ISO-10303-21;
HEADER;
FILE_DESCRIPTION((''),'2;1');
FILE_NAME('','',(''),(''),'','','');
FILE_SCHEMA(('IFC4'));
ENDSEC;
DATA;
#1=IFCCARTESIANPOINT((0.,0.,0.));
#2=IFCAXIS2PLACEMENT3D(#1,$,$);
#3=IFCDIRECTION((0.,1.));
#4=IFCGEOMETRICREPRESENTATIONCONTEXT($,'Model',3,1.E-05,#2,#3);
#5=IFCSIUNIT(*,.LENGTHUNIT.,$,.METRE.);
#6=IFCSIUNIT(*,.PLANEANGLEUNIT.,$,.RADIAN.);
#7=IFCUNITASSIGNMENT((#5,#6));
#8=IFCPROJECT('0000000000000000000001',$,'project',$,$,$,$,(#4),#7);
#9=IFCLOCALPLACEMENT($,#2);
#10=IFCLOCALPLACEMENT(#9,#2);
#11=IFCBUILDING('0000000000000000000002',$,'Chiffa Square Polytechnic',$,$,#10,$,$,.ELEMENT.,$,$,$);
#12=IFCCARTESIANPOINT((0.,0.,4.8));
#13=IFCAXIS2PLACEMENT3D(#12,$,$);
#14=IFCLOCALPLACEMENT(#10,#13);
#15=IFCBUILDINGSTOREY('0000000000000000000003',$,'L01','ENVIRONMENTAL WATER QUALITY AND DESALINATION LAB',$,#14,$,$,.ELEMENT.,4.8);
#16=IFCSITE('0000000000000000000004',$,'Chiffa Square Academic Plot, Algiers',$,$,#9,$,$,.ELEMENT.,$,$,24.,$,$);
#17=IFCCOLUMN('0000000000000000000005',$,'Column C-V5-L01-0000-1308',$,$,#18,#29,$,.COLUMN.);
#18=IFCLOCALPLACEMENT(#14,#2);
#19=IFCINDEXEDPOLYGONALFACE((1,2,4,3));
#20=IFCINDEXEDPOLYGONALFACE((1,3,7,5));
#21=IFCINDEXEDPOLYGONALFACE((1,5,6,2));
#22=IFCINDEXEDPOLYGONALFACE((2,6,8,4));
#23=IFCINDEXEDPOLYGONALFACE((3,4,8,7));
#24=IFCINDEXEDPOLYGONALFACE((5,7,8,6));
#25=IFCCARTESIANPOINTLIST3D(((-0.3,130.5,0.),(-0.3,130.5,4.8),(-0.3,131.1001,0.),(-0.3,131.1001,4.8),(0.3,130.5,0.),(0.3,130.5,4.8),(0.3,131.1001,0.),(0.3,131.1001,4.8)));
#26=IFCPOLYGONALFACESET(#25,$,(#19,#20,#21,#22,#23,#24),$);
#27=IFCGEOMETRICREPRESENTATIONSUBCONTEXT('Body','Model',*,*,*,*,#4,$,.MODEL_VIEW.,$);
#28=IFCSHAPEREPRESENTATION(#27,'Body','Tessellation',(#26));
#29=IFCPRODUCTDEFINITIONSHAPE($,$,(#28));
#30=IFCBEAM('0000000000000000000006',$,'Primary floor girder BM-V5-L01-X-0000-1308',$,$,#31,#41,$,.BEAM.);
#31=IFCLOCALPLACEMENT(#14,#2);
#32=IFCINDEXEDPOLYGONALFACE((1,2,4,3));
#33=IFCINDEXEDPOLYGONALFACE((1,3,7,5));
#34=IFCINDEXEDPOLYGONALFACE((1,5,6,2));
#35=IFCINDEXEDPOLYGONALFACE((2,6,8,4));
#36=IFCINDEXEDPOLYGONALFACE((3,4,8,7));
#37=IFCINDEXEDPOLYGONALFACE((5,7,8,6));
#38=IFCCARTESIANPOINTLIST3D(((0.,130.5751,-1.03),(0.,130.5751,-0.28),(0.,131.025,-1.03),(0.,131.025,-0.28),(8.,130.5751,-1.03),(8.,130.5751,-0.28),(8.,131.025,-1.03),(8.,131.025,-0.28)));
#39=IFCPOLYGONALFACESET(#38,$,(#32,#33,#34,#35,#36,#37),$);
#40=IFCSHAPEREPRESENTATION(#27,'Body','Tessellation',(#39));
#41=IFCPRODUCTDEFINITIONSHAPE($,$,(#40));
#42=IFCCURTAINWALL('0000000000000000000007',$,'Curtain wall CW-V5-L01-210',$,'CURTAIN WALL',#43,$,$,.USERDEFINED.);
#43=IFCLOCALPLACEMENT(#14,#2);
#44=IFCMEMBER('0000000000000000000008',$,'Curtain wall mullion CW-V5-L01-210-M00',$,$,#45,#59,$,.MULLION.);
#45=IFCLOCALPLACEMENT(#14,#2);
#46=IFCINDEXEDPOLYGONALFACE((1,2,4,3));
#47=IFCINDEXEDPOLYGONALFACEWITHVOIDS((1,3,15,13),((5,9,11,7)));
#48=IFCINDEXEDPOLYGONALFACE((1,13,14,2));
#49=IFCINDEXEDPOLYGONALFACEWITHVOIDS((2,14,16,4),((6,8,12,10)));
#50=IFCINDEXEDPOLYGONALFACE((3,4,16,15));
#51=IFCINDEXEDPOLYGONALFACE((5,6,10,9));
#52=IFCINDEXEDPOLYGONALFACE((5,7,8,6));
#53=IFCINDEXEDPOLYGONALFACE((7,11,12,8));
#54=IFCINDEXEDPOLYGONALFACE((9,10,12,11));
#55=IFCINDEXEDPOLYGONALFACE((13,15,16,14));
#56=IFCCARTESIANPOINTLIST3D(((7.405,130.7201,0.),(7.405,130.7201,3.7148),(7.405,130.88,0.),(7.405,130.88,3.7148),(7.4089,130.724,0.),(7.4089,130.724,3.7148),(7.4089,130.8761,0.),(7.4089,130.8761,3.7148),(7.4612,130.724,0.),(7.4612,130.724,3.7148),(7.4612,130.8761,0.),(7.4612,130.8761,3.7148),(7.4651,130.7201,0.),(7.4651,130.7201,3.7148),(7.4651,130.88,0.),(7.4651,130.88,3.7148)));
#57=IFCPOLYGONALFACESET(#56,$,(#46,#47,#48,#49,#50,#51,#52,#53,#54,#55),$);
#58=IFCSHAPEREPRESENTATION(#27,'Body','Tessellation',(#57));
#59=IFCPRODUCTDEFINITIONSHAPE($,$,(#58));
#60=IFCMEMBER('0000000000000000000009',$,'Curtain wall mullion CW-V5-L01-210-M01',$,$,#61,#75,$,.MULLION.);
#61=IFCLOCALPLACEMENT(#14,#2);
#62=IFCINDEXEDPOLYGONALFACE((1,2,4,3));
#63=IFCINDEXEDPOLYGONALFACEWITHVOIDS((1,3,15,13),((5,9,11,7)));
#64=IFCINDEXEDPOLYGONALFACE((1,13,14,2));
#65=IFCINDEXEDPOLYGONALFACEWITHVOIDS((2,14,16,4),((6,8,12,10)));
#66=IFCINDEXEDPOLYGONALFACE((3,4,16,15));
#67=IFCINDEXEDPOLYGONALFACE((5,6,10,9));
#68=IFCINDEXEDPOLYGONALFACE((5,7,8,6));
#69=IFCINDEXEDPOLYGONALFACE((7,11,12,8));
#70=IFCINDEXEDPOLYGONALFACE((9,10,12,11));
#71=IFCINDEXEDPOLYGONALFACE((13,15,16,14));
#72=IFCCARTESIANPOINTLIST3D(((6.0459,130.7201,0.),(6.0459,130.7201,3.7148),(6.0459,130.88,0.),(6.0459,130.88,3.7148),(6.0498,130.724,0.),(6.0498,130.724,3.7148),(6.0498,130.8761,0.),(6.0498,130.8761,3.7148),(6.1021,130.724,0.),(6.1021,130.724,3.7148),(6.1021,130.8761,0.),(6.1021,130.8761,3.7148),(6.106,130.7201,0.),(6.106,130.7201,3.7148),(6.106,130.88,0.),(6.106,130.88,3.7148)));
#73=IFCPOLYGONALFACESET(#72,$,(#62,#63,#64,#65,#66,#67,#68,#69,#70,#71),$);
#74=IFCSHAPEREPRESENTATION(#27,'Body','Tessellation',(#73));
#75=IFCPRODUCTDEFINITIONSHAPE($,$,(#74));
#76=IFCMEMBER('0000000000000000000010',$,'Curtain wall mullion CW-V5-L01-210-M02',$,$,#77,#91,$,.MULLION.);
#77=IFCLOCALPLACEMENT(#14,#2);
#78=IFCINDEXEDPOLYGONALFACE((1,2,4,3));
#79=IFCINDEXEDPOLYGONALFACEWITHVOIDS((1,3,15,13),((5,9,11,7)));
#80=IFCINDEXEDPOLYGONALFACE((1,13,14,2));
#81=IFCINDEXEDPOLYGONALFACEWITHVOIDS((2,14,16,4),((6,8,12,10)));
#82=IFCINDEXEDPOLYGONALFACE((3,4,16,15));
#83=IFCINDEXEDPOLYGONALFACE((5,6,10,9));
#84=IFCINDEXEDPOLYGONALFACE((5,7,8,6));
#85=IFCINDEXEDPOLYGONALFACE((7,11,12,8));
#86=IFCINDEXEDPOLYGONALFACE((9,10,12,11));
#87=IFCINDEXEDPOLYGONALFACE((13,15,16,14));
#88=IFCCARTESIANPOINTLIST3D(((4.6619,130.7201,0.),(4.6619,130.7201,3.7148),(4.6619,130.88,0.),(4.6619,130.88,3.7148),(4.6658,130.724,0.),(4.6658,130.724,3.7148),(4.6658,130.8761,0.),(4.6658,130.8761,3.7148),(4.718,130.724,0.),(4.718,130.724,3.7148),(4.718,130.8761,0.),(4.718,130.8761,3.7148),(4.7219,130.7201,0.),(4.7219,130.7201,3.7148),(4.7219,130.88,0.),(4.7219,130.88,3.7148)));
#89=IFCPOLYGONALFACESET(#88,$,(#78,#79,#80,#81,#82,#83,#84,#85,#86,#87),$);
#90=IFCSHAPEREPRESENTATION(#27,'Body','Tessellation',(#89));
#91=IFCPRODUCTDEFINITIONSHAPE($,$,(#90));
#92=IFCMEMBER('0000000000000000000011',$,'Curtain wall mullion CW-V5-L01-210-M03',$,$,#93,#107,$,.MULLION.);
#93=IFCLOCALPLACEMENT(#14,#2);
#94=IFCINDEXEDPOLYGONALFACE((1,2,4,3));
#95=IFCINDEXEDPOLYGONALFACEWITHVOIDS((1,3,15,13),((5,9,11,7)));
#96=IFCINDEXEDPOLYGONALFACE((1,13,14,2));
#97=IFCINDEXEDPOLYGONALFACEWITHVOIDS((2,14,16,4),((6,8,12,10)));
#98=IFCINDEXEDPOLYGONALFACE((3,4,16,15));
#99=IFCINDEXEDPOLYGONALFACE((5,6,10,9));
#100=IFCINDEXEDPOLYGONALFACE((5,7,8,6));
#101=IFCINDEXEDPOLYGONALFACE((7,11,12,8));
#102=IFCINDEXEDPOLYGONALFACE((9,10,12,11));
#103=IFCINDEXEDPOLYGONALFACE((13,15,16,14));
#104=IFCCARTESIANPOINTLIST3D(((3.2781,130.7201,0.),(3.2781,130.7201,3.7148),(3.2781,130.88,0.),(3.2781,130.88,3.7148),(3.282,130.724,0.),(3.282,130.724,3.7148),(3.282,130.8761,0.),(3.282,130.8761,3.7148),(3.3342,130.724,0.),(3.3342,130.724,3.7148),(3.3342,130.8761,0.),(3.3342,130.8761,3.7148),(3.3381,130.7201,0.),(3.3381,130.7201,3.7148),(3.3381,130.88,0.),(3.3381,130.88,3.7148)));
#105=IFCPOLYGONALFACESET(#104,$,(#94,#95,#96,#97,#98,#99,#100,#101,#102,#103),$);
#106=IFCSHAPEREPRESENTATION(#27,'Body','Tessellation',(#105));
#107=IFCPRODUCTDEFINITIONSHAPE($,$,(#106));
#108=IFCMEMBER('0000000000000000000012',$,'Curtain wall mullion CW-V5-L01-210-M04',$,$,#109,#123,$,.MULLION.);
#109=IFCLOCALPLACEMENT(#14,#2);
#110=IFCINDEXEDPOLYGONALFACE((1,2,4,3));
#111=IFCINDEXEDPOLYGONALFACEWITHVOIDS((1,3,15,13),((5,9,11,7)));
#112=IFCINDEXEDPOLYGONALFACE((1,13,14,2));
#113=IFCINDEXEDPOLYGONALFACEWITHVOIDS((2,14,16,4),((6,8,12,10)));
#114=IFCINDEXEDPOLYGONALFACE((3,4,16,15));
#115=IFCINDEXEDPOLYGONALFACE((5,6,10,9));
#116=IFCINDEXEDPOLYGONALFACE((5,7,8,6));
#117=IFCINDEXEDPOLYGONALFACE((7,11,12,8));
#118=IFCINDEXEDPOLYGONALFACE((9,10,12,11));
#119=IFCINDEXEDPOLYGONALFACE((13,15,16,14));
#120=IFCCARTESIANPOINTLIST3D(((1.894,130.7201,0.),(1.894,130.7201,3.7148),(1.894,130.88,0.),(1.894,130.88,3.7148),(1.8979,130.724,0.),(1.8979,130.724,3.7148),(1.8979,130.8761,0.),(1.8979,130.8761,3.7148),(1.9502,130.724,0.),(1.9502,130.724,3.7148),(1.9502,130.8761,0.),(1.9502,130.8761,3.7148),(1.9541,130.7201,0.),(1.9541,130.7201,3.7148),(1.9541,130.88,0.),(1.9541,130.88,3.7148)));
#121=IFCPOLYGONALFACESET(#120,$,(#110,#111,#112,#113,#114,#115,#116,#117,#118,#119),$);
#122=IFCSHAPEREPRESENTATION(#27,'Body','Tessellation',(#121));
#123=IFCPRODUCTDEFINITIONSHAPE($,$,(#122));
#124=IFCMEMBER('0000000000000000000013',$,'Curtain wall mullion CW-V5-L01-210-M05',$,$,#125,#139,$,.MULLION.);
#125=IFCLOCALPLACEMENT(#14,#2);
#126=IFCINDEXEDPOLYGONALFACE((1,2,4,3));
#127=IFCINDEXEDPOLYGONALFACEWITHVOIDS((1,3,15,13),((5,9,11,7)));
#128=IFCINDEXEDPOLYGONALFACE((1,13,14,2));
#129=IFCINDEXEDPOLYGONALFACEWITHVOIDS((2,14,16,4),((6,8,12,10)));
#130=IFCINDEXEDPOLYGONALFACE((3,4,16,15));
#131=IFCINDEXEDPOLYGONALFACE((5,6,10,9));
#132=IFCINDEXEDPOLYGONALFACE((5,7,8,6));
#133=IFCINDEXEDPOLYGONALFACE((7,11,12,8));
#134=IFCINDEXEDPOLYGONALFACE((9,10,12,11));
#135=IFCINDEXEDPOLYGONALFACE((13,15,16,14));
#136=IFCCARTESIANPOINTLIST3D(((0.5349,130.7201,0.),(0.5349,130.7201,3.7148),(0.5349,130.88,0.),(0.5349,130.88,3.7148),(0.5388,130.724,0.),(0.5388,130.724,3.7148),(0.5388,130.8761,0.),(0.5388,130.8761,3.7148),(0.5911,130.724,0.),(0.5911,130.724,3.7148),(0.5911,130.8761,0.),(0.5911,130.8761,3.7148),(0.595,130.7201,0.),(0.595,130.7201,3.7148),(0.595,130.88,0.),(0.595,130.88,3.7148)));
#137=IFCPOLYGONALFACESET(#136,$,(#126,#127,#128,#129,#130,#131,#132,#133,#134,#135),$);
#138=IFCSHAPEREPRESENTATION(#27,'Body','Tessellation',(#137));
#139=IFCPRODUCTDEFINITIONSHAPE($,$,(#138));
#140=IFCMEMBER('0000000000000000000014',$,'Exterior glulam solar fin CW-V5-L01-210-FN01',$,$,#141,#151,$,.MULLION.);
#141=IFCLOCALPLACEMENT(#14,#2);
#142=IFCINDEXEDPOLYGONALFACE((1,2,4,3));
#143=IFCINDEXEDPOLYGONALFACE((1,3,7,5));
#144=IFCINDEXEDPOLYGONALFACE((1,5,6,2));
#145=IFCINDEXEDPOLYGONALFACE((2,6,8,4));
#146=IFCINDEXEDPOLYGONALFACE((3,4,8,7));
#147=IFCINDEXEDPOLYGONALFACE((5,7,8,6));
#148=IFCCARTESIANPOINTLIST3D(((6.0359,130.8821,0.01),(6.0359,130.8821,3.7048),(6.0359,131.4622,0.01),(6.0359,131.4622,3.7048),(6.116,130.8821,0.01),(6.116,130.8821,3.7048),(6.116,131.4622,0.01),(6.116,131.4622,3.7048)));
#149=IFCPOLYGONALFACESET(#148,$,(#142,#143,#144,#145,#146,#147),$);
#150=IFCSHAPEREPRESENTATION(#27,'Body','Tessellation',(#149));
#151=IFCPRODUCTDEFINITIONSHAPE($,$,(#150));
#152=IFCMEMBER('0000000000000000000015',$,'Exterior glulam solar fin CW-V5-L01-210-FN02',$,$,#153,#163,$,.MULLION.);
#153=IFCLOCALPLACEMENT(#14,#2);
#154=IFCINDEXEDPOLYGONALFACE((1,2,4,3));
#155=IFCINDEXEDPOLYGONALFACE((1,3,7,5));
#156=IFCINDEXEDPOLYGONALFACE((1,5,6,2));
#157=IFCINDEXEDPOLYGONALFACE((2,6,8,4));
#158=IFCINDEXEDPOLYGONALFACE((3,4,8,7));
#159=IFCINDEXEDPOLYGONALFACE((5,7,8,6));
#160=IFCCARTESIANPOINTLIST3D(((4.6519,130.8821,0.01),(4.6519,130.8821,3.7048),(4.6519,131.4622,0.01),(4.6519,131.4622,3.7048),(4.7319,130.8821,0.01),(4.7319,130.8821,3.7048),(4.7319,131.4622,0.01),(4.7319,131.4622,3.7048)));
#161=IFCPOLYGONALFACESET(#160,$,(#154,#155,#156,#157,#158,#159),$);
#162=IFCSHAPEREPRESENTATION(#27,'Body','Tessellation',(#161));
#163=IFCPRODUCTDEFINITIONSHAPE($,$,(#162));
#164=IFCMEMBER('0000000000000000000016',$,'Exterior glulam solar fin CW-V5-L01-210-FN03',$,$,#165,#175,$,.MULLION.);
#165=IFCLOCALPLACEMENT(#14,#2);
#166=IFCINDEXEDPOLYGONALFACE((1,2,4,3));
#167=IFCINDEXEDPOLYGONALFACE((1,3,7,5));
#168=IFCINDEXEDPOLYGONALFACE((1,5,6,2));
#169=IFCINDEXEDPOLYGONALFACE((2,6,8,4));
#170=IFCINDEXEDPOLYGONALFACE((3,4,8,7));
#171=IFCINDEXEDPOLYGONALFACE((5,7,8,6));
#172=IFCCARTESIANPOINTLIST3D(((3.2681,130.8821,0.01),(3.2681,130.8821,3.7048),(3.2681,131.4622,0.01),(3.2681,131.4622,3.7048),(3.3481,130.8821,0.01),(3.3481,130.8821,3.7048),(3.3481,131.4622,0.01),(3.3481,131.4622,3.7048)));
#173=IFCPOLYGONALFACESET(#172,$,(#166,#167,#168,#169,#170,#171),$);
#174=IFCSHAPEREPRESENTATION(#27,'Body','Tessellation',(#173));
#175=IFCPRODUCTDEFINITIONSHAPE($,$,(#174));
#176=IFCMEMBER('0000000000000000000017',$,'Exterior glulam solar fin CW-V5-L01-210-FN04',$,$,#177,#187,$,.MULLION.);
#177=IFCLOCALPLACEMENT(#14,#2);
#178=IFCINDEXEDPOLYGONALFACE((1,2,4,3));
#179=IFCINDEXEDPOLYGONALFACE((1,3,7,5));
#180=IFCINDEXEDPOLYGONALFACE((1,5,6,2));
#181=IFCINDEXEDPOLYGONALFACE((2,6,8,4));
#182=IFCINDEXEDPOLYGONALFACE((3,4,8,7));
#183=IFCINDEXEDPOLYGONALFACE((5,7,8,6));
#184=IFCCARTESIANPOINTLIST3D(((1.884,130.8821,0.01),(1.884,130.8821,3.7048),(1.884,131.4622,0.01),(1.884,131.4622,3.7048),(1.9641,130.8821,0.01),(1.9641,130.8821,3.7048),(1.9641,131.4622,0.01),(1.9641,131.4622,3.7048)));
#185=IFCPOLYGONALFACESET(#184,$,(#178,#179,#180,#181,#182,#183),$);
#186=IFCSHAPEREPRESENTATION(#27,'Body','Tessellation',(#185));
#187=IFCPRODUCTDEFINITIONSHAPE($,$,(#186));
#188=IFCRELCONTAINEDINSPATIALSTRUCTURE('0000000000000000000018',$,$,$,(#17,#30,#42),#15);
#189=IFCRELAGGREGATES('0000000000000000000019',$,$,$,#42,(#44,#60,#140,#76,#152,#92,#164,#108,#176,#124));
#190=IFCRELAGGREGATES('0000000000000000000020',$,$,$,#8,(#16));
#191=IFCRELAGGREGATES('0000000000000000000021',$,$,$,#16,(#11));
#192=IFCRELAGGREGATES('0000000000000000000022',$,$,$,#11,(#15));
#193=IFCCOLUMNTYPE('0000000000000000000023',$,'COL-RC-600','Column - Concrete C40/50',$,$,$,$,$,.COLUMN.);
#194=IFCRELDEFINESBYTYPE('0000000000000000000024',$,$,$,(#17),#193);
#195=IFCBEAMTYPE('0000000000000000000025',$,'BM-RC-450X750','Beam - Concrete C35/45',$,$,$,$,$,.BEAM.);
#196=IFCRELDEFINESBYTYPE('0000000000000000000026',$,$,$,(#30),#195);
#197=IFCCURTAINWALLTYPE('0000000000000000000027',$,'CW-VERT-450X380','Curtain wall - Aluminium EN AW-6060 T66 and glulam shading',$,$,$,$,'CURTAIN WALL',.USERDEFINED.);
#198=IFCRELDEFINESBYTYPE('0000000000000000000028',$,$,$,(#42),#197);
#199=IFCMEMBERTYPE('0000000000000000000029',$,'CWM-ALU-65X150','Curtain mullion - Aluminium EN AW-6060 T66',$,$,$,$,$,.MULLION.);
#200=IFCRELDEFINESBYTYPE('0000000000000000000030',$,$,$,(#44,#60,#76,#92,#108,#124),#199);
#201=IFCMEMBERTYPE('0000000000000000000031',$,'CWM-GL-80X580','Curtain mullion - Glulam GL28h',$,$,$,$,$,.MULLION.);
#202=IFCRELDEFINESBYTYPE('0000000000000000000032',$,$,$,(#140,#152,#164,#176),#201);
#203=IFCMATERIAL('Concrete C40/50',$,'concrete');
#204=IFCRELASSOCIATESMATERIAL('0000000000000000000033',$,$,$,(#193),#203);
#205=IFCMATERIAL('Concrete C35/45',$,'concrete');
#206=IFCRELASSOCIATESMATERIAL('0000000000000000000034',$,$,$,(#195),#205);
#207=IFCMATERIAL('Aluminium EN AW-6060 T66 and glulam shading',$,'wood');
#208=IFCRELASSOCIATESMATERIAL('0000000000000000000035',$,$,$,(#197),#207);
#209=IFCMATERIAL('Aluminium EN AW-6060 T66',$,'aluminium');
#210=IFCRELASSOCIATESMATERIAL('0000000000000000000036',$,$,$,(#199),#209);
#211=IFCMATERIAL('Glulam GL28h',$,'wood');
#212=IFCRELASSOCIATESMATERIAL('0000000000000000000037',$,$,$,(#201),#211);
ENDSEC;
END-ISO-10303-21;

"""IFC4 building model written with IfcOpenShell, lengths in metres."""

from ifc_helpers import new_model, si_unit, direction, frame, origin, origin_2d, place, context, subcontext, project, spatial, rectangle, hollow_rectangle, extrude, material, material_profile, profile_set, type_object, element, aggregate, save


model = new_model("IFC4")

# Units and contexts
model_context = context("Model", 3, precision=1e-05, world=origin(), true_north=direction((0.0, 1.0)))
body_context = subcontext(model_context, "Body", "Model", "MODEL_VIEW")
ifc_project = project(units=[si_unit("LENGTHUNIT", "METRE"), si_unit("PLANEANGLEUNIT", "RADIAN")], contexts=[model_context])

# Site, building, storey
site_placement = place(None, origin())
site = spatial("IfcSite", under=ifc_project, at=site_placement, Name="Chiffa Square Academic Plot, Algiers", CompositionType="ELEMENT", RefElevation=24.0)
building_placement = place(site_placement, origin())
building = spatial("IfcBuilding", under=site, at=building_placement, Name="Chiffa Square Polytechnic", CompositionType="ELEMENT")
storey_placement = place(building_placement, frame((0.0, 0.0, 4.8)))
storey = spatial("IfcBuildingStorey", under=building, at=storey_placement, Name="L01", Description="ENVIRONMENTAL WATER QUALITY AND DESALINATION LAB", CompositionType="ELEMENT", Elevation=4.8)

# Column
ifc_material_1 = material(Name="Concrete C40/50", Category="concrete")
ifc_material_profile_1 = material_profile(ifc_material_1, rectangle(XDim=0.6001, YDim=0.6001, at=origin_2d()), Name="RC 600x600")
ifc_profile_set_1 = profile_set([ifc_material_profile_1], Name="Concrete C40/50")
column_type = type_object("IfcColumnType", Name="COL-RC-600", Description="Column - Concrete C40/50", PredefinedType="COLUMN", material=ifc_profile_set_1)
column_placement = place(storey_placement, frame((0.0, 130.8, 0.0), z_axis=(0.0, 0.0, 1.0), x_axis=(1.0, 0.0, 0.0)))
element("IfcColumn", 1, at=column_placement, inside=storey, type_object=column_type, Name="Column C-V5-L01-0000-1308", PredefinedType="COLUMN", context=body_context, shape_type="SweptSolid", body=[
    extrude(rectangle(XDim=0.6001, YDim=0.6001, at=origin_2d()), origin(), (0.0, 0.0, 1.0), 4.8),
])

# Beam
ifc_material_2 = material(Name="Concrete C35/45", Category="concrete")
ifc_material_profile_2 = material_profile(ifc_material_2, rectangle(XDim=0.45, YDim=0.75, at=origin_2d()), Name="RC 450x750")
ifc_profile_set_2 = profile_set([ifc_material_profile_2], Name="Concrete C35/45")
beam_type = type_object("IfcBeamType", Name="BM-RC-450X750", Description="Beam - Concrete C35/45", PredefinedType="BEAM", material=ifc_profile_set_2)
beam_placement = place(storey_placement, frame((0.0, 130.8, -0.655), z_axis=(1.0, 0.0, 0.0), x_axis=(0.0, 1.0, 0.0)))
element("IfcBeam", 2, at=beam_placement, inside=storey, type_object=beam_type, Name="Primary floor girder BM-V5-L01-X-0000-1308", PredefinedType="BEAM", context=body_context, shape_type="SweptSolid", body=[
    extrude(rectangle(XDim=0.45, YDim=0.75, at=origin_2d()), origin(), (0.0, 0.0, 1.0), 8.0),
])

# Curtain wall, members
ifc_material_3 = material(Name="Aluminium EN AW-6060 T66 and glulam shading", Category="wood")
curtain_wall_type_1 = type_object("IfcCurtainWallType", Name="CW-VERT-450X380", Description="Curtain wall - Aluminium EN AW-6060 T66 and glulam shading", ElementType="CURTAIN WALL", PredefinedType="USERDEFINED", material=ifc_material_3)
curtain_wall_1_placement = place(storey_placement, origin())
curtain_wall_1 = element("IfcCurtainWall", 3, at=curtain_wall_1_placement, inside=storey, type_object=curtain_wall_type_1, Name="Curtain wall CW-V5-L01-210", ObjectType="CURTAIN WALL", PredefinedType="USERDEFINED")
ifc_material_4 = material(Name="Aluminium EN AW-6060 T66", Category="aluminium")
ifc_material_profile_3 = material_profile(ifc_material_4, hollow_rectangle(XDim=0.0601, YDim=0.1599, WallThickness=0.0039, at=origin_2d()), Name="ALU 60x160x4")
ifc_profile_set_3 = profile_set([ifc_material_profile_3], Name="Aluminium EN AW-6060 T66")
member_type_1 = type_object("IfcMemberType", Name="CWM-ALU-65X150", Description="Curtain mullion - Aluminium EN AW-6060 T66", PredefinedType="MULLION", material=ifc_profile_set_3)
member_1_placement = place(storey_placement, frame((7.4351, 130.8, 0.0), z_axis=(0.0, 0.0, 1.0), x_axis=(1.0, 0.0, 0.0)))
member_1 = element("IfcMember", 4, at=member_1_placement, type_object=member_type_1, Name="Curtain wall mullion CW-V5-L01-210-M00", PredefinedType="MULLION", context=body_context, shape_type="SweptSolid", body=[
    extrude(hollow_rectangle(XDim=0.0601, YDim=0.1599, WallThickness=0.0039, at=origin_2d()), origin(), (0.0, 0.0, 1.0), 3.7148),
])
member_2_placement = place(storey_placement, frame((6.0759, 130.8, 0.0), z_axis=(0.0, 0.0, 1.0), x_axis=(1.0, 0.0, 0.0)))
member_2 = element("IfcMember", 5, at=member_2_placement, type_object=member_type_1, Name="Curtain wall mullion CW-V5-L01-210-M01", PredefinedType="MULLION", context=body_context, shape_type="SweptSolid", body=[
    extrude(hollow_rectangle(XDim=0.0601, YDim=0.1599, WallThickness=0.0039, at=origin_2d()), origin(), (0.0, 0.0, 1.0), 3.7148),
])
member_3_placement = place(storey_placement, frame((4.6919, 130.8, 0.0), z_axis=(0.0, 0.0, 1.0), x_axis=(1.0, 0.0, 0.0)))
member_3 = element("IfcMember", 6, at=member_3_placement, type_object=member_type_1, Name="Curtain wall mullion CW-V5-L01-210-M02", PredefinedType="MULLION", context=body_context, shape_type="SweptSolid", body=[
    extrude(hollow_rectangle(XDim=0.0601, YDim=0.1599, WallThickness=0.0039, at=origin_2d()), origin(), (0.0, 0.0, 1.0), 3.7148),
])
member_4_placement = place(storey_placement, frame((3.3081, 130.8, 0.0), z_axis=(0.0, 0.0, 1.0), x_axis=(1.0, 0.0, 0.0)))
member_4 = element("IfcMember", 7, at=member_4_placement, type_object=member_type_1, Name="Curtain wall mullion CW-V5-L01-210-M03", PredefinedType="MULLION", context=body_context, shape_type="SweptSolid", body=[
    extrude(hollow_rectangle(XDim=0.0601, YDim=0.1599, WallThickness=0.0039, at=origin_2d()), origin(), (0.0, 0.0, 1.0), 3.7148),
])
member_5_placement = place(storey_placement, frame((1.9241, 130.8, 0.0), z_axis=(0.0, 0.0, 1.0), x_axis=(1.0, 0.0, 0.0)))
member_5 = element("IfcMember", 8, at=member_5_placement, type_object=member_type_1, Name="Curtain wall mullion CW-V5-L01-210-M04", PredefinedType="MULLION", context=body_context, shape_type="SweptSolid", body=[
    extrude(hollow_rectangle(XDim=0.0601, YDim=0.1599, WallThickness=0.0039, at=origin_2d()), origin(), (0.0, 0.0, 1.0), 3.7148),
])
member_6_placement = place(storey_placement, frame((0.5649, 130.8, 0.0), z_axis=(0.0, 0.0, 1.0), x_axis=(1.0, 0.0, 0.0)))
member_6 = element("IfcMember", 9, at=member_6_placement, type_object=member_type_1, Name="Curtain wall mullion CW-V5-L01-210-M05", PredefinedType="MULLION", context=body_context, shape_type="SweptSolid", body=[
    extrude(hollow_rectangle(XDim=0.0601, YDim=0.1599, WallThickness=0.0039, at=origin_2d()), origin(), (0.0, 0.0, 1.0), 3.7148),
])
ifc_material_5 = material(Name="Glulam GL28h", Category="wood")
ifc_material_profile_4 = material_profile(ifc_material_5, rectangle(XDim=0.0801, YDim=0.5801, at=origin_2d()), Name="GL28h 80x580")
ifc_profile_set_4 = profile_set([ifc_material_profile_4], Name="Glulam GL28h")
member_type_2 = type_object("IfcMemberType", Name="CWM-GL-80X580", Description="Curtain mullion - Glulam GL28h", PredefinedType="MULLION", material=ifc_profile_set_4)
member_7_placement = place(storey_placement, frame((6.0759, 131.1721, 0.01), z_axis=(0.0, 0.0, 1.0), x_axis=(-1.0, 0.0, 0.0)))
member_7 = element("IfcMember", 10, at=member_7_placement, type_object=member_type_2, Name="Exterior glulam solar fin CW-V5-L01-210-FN01", PredefinedType="MULLION", context=body_context, shape_type="SweptSolid", body=[
    extrude(rectangle(XDim=0.0801, YDim=0.5801, at=origin_2d()), origin(), (0.0, 0.0, 1.0), 3.6948),
])
member_8_placement = place(storey_placement, frame((4.6919, 131.1721, 0.01), z_axis=(0.0, 0.0, 1.0), x_axis=(-1.0, 0.0, 0.0)))
member_8 = element("IfcMember", 11, at=member_8_placement, type_object=member_type_2, Name="Exterior glulam solar fin CW-V5-L01-210-FN02", PredefinedType="MULLION", context=body_context, shape_type="SweptSolid", body=[
    extrude(rectangle(XDim=0.0801, YDim=0.5801, at=origin_2d()), origin(), (0.0, 0.0, 1.0), 3.6948),
])
member_9_placement = place(storey_placement, frame((3.3081, 131.1721, 0.01), z_axis=(0.0, 0.0, 1.0), x_axis=(-1.0, 0.0, 0.0)))
member_9 = element("IfcMember", 12, at=member_9_placement, type_object=member_type_2, Name="Exterior glulam solar fin CW-V5-L01-210-FN03", PredefinedType="MULLION", context=body_context, shape_type="SweptSolid", body=[
    extrude(rectangle(XDim=0.0801, YDim=0.5801, at=origin_2d()), origin(), (0.0, 0.0, 1.0), 3.6948),
])
member_10_placement = place(storey_placement, frame((1.9241, 131.1721, 0.01), z_axis=(0.0, 0.0, 1.0), x_axis=(-1.0, 0.0, 0.0)))
member_10 = element("IfcMember", 13, at=member_10_placement, type_object=member_type_2, Name="Exterior glulam solar fin CW-V5-L01-210-FN04", PredefinedType="MULLION", context=body_context, shape_type="SweptSolid", body=[
    extrude(rectangle(XDim=0.0801, YDim=0.5801, at=origin_2d()), origin(), (0.0, 0.0, 1.0), 3.6948),
])

aggregate(curtain_wall_1, [member_1, member_2, member_7, member_3, member_8, member_4, member_9, member_5, member_10, member_6])

save(model, "model.ifc")
